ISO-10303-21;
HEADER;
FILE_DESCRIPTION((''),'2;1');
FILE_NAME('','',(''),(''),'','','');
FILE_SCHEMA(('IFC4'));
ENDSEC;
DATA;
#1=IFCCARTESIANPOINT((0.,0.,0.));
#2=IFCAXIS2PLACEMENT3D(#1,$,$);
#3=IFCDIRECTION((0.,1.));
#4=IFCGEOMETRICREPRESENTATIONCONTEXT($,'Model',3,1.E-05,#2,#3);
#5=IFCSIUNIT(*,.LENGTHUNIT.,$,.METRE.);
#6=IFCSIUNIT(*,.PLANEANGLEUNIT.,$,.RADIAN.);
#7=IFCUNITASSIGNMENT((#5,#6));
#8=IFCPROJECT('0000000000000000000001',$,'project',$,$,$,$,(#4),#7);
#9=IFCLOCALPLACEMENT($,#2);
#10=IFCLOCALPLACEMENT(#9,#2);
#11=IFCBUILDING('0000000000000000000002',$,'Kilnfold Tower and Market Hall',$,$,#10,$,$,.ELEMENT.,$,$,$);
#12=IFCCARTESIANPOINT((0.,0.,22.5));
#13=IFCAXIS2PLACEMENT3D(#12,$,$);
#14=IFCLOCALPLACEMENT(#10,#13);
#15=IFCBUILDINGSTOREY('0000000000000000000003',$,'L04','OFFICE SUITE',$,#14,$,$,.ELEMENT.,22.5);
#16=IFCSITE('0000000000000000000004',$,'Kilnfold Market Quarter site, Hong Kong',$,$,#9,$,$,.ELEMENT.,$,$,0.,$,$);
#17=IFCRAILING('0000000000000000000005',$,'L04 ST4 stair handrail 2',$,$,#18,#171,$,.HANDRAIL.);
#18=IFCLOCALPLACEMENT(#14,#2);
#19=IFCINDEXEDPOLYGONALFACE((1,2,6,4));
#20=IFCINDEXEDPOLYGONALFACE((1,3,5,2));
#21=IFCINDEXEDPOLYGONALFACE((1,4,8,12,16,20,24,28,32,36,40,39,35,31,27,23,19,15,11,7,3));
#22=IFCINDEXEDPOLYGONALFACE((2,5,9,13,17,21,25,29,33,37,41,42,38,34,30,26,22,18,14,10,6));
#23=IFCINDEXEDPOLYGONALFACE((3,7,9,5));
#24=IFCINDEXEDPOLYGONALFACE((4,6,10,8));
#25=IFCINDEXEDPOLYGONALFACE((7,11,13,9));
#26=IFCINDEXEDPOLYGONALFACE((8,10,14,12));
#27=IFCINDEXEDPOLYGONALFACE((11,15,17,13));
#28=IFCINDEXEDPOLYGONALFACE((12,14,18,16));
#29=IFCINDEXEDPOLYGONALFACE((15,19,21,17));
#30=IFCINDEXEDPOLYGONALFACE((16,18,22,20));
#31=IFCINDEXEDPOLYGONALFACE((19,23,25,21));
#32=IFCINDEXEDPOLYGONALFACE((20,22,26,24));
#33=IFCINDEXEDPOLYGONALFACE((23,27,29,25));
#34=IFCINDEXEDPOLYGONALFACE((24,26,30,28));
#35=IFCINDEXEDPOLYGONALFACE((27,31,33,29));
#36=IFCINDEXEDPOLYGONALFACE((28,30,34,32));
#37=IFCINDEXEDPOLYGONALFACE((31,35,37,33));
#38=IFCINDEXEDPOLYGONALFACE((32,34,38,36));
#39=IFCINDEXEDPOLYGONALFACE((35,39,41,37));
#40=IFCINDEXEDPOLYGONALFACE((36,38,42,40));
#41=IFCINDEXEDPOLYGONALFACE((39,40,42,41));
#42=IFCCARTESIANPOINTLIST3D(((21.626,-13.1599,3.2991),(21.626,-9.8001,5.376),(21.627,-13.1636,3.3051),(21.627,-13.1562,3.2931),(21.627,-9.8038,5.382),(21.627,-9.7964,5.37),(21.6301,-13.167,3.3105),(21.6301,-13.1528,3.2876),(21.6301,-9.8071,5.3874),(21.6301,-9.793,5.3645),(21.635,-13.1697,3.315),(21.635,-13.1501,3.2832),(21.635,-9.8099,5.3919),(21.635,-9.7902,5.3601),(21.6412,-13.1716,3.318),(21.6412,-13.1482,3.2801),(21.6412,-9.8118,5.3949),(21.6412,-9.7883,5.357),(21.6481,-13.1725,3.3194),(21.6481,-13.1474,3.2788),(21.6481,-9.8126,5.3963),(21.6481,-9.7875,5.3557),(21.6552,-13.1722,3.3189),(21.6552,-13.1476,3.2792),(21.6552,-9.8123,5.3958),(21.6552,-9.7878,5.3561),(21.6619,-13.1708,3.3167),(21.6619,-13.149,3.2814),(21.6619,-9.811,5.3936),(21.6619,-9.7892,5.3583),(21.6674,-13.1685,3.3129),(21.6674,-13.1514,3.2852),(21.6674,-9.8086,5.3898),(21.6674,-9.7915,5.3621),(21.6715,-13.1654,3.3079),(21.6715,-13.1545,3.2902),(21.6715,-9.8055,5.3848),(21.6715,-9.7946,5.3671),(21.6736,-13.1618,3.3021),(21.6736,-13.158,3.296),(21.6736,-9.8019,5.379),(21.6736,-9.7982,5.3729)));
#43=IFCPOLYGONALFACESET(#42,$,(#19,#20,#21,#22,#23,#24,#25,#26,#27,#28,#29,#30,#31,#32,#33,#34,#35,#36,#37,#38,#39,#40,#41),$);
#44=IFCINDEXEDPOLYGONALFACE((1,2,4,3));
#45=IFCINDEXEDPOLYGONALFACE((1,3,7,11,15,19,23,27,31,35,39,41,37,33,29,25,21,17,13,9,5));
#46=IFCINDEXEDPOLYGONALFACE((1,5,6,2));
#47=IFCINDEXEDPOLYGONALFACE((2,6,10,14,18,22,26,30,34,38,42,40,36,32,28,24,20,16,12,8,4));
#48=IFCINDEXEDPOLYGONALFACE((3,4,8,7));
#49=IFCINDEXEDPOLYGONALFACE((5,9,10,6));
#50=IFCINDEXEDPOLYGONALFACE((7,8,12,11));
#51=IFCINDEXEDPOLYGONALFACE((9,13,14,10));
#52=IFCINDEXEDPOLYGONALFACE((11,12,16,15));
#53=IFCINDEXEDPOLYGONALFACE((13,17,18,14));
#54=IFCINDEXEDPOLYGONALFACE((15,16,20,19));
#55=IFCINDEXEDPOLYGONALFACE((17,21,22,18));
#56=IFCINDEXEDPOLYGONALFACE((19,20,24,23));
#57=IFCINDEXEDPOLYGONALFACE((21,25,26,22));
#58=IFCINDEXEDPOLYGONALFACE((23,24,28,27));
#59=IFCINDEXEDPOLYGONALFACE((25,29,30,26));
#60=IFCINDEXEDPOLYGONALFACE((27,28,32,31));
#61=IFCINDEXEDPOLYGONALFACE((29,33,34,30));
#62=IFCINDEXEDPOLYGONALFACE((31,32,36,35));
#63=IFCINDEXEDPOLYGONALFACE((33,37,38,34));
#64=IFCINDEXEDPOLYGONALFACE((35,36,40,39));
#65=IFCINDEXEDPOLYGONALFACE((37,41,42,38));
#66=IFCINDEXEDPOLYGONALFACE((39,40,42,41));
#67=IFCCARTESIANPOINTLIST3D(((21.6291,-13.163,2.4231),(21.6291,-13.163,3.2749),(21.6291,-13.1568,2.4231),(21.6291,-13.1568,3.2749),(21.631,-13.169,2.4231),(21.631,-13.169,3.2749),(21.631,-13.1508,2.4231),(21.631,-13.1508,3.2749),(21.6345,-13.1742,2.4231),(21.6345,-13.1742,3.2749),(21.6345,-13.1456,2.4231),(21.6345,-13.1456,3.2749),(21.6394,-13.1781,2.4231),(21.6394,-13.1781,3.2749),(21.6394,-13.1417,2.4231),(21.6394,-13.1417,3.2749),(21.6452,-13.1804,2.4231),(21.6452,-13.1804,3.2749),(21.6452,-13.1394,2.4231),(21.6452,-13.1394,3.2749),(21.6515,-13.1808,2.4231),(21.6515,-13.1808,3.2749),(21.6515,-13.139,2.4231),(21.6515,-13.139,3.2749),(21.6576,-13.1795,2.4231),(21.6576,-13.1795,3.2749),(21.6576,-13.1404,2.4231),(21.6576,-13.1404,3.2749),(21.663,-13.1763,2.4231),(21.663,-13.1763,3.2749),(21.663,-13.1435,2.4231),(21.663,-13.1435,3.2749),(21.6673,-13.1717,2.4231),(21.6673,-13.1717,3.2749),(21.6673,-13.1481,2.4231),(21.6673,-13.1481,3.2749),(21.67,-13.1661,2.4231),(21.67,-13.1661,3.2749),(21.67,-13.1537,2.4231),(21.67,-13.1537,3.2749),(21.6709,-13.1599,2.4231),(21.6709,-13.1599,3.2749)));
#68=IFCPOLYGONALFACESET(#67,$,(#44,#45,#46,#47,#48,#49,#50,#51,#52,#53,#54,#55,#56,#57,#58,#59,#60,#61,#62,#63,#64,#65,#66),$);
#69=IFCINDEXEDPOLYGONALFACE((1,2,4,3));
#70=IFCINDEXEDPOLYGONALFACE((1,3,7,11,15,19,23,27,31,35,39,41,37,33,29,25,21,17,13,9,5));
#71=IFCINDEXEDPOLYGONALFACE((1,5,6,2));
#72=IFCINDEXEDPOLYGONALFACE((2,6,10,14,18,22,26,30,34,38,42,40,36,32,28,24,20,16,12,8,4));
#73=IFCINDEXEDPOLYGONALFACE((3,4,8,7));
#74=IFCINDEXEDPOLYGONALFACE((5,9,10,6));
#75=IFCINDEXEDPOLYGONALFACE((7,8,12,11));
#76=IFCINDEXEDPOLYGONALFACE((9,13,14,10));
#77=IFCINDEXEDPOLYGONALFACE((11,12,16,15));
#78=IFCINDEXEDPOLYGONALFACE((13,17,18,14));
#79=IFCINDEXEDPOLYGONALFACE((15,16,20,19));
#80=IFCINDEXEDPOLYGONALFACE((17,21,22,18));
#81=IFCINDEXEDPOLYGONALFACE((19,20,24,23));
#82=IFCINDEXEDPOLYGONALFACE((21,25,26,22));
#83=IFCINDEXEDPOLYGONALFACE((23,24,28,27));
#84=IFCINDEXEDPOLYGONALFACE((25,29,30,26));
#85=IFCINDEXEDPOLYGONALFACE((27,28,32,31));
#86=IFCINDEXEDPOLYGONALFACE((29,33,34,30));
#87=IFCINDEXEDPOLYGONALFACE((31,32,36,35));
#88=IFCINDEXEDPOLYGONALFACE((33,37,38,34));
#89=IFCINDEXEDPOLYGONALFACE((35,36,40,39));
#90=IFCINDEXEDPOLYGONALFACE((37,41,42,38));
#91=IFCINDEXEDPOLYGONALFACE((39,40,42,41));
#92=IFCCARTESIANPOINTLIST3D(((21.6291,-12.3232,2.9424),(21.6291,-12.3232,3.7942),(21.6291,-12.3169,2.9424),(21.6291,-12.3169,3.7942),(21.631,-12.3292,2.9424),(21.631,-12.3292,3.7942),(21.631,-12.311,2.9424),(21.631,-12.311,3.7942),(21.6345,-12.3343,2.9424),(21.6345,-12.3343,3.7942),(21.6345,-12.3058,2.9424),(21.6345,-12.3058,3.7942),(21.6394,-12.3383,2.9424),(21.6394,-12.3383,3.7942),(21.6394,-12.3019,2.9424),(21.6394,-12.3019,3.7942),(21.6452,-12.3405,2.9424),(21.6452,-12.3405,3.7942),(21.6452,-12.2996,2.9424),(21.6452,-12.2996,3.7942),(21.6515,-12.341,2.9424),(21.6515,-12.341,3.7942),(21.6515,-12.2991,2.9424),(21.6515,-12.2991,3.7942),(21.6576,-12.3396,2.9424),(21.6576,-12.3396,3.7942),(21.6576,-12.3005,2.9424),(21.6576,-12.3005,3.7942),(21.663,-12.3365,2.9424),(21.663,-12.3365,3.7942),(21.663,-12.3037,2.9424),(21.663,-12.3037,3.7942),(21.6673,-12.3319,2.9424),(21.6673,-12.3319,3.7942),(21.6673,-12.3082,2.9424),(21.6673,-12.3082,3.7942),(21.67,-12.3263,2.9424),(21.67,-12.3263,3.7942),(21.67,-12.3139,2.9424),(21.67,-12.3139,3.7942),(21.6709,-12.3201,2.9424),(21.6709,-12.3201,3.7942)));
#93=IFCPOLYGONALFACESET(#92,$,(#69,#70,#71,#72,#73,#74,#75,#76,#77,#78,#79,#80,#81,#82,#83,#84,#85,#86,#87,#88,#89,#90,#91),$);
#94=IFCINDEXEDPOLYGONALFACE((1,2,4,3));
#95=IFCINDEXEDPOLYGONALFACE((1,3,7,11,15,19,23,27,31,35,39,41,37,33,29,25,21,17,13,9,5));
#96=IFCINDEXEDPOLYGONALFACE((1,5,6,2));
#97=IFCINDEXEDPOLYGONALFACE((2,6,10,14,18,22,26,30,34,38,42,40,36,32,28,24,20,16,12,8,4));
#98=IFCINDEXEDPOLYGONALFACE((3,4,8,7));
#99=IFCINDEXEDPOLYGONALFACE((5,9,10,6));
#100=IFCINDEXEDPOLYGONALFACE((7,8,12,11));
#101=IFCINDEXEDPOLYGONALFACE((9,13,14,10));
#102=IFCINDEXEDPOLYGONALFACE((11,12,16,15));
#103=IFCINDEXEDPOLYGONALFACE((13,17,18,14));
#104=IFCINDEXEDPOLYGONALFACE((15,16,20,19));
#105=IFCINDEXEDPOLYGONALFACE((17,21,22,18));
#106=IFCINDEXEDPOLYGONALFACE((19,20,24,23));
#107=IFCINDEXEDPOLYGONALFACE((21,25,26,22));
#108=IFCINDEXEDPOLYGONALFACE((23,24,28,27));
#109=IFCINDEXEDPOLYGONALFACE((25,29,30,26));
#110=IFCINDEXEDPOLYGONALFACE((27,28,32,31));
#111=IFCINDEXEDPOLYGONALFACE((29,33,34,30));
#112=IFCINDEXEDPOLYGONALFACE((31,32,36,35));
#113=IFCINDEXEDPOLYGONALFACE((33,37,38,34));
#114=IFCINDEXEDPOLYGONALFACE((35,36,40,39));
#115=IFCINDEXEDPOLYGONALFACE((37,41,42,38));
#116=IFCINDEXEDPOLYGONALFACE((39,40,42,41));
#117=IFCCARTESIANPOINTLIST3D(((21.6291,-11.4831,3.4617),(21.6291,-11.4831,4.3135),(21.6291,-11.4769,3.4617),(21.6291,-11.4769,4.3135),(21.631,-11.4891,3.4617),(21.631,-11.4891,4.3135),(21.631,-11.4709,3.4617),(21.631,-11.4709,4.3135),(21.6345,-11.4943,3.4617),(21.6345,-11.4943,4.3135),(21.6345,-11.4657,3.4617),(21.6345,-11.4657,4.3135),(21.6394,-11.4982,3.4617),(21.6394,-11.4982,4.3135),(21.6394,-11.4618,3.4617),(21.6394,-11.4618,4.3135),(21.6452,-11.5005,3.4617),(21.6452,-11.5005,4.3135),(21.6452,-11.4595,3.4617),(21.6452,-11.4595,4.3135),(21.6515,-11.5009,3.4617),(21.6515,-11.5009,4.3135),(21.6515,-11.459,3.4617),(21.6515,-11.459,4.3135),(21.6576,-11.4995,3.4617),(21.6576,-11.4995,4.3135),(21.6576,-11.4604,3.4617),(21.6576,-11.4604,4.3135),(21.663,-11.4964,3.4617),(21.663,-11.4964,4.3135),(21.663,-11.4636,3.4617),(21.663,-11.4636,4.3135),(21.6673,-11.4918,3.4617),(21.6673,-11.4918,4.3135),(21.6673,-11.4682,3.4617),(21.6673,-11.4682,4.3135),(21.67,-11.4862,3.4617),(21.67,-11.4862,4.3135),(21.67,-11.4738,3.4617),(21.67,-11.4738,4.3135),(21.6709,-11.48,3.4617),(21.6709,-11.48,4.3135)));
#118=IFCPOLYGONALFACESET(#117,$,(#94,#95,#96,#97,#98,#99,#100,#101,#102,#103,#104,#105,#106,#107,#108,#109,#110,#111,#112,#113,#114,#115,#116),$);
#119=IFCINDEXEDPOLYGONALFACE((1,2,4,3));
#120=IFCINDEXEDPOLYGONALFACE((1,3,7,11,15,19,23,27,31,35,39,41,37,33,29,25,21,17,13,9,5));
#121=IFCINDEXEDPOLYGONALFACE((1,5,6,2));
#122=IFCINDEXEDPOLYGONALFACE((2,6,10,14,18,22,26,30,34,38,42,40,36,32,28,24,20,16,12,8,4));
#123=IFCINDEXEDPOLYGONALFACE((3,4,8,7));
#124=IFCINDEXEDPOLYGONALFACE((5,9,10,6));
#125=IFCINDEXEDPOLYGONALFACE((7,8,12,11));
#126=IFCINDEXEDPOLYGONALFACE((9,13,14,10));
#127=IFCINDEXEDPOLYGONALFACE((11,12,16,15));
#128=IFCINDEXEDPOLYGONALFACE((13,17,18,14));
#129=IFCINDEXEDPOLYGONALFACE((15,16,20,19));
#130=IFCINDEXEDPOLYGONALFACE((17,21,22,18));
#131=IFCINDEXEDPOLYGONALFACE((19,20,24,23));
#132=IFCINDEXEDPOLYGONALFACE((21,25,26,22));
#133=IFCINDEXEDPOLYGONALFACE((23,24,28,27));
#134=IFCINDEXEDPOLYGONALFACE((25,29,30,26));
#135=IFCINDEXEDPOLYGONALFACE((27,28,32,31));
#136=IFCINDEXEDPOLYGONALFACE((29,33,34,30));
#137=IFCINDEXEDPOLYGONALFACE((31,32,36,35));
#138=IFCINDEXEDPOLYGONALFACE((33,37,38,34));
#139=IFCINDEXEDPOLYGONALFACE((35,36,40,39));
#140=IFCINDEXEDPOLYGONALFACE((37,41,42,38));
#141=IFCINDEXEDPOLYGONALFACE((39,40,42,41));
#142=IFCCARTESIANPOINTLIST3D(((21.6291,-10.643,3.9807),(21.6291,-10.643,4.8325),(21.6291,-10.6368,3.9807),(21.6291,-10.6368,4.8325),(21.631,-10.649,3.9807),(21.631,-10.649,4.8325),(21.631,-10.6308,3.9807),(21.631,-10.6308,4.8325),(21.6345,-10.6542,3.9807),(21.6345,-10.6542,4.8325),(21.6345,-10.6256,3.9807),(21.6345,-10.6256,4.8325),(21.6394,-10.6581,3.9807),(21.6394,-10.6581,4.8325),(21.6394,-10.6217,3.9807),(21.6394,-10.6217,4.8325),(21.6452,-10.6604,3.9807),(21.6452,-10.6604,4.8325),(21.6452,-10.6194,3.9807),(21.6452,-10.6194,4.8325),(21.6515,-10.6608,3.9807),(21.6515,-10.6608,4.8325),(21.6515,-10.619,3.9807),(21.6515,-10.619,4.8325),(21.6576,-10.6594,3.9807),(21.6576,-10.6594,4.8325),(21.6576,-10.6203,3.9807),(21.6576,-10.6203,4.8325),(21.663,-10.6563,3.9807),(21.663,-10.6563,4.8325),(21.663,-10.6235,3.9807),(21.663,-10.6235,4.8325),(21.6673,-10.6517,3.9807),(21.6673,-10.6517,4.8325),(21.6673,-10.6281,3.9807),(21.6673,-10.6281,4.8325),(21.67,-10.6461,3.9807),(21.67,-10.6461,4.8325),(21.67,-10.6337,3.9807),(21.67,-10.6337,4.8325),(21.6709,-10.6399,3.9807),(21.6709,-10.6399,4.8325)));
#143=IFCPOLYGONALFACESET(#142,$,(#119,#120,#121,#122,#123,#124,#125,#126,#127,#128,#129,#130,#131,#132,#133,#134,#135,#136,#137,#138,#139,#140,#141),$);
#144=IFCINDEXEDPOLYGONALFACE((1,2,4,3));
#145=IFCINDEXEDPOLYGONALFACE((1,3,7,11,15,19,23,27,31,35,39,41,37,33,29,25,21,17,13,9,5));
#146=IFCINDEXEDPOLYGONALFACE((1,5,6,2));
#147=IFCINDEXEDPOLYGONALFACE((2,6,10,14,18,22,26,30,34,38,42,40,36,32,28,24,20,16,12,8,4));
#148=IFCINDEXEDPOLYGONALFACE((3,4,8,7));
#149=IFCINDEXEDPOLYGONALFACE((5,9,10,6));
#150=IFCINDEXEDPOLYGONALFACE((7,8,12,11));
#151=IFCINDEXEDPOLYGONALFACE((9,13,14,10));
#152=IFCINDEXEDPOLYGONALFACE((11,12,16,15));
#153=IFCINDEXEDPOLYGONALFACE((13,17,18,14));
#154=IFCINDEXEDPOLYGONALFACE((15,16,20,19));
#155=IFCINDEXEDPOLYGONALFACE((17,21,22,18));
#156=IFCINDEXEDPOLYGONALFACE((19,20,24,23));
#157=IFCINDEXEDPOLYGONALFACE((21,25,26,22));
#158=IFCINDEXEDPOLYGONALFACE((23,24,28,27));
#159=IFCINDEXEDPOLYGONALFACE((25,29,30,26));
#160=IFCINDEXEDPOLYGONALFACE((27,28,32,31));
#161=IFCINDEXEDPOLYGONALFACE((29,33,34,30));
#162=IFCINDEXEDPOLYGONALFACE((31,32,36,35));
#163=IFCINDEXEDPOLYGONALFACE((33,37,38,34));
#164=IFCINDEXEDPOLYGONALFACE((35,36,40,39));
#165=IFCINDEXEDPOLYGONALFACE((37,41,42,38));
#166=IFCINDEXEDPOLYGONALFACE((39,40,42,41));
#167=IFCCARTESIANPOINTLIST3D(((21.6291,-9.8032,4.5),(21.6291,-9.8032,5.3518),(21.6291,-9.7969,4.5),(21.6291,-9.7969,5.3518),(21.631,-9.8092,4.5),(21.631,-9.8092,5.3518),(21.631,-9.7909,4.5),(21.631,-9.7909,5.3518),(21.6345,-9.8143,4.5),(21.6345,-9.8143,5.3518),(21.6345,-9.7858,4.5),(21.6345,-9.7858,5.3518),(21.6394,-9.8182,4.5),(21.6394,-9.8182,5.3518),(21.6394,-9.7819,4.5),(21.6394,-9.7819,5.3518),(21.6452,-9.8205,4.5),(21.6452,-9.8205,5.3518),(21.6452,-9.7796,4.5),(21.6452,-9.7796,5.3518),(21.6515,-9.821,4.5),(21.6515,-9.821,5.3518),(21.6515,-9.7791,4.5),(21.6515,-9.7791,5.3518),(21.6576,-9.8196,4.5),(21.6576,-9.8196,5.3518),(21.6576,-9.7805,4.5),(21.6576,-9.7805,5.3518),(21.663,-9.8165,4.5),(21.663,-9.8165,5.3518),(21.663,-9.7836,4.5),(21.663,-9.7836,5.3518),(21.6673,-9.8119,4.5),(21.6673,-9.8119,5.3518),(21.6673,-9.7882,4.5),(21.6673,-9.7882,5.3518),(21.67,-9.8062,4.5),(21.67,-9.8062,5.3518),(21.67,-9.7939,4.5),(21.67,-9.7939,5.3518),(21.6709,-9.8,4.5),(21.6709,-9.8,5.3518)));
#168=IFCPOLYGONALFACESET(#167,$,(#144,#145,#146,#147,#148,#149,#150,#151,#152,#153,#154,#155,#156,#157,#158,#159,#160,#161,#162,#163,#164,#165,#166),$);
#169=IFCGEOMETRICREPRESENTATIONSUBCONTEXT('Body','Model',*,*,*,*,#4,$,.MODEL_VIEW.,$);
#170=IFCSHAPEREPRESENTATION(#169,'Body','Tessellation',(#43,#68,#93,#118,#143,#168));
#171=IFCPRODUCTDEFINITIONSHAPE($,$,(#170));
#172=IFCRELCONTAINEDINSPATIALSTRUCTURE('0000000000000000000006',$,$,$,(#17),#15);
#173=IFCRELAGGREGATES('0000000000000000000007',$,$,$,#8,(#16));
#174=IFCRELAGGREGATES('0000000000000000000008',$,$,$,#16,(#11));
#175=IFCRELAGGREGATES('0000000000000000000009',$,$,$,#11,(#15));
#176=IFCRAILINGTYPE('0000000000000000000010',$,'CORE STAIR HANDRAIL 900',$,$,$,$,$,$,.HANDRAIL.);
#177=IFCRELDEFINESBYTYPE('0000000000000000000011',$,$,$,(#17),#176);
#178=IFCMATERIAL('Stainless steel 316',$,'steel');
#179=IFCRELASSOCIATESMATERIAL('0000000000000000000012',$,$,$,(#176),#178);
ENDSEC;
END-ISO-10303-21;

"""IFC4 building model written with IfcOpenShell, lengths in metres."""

from ifc_helpers import new_model, si_unit, direction, frame, origin, origin_2d, place, context, subcontext, project, spatial, circle, extrude, material, type_object, element, save


model = new_model("IFC4")

# Units and contexts
model_context = context("Model", 3, precision=1e-05, world=origin(), true_north=direction((0.0, 1.0)))
body_context = subcontext(model_context, "Body", "Model", "MODEL_VIEW")
ifc_project = project(units=[si_unit("LENGTHUNIT", "METRE"), si_unit("PLANEANGLEUNIT", "RADIAN")], contexts=[model_context])

# Site, building, storey
site_placement = place(None, origin())
site = spatial("IfcSite", under=ifc_project, at=site_placement, Name="Kilnfold Market Quarter site, Hong Kong", CompositionType="ELEMENT", RefElevation=0.0)
building_placement = place(site_placement, origin())
building = spatial("IfcBuilding", under=site, at=building_placement, Name="Kilnfold Tower and Market Hall", CompositionType="ELEMENT")
storey_placement = place(building_placement, frame((0.0, 0.0, 22.5)))
storey = spatial("IfcBuildingStorey", under=building, at=storey_placement, Name="L04", Description="OFFICE SUITE", CompositionType="ELEMENT", Elevation=22.5)

# Railing
ifc_material_1 = material(Name="Stainless steel 316", Category="steel")
railing_type_1 = type_object("IfcRailingType", Name="CORE STAIR HANDRAIL 900", PredefinedType="HANDRAIL", material=ifc_material_1)
railing_1_placement = place(storey_placement, frame((21.6499, -13.1599, 2.4231)))
element("IfcRailing", 1, at=railing_1_placement, inside=storey, type_object=railing_type_1, Name="L04 ST4 stair handrail 2", PredefinedType="HANDRAIL", context=body_context, shape_type="SweptSolid", body=[
    extrude(circle(Radius=0.0239, at=origin_2d()), frame((0.0, 0.0, 0.876), z_axis=(0.0, 0.850606, 0.525803), x_axis=(-1.0, 0.0, 0.0)), (0.0, 0.0, 1.0), 3.95),
    extrude(circle(Radius=0.021, at=origin_2d()), origin(), (0.0, 0.0, 1.0), 0.8518),
    extrude(circle(Radius=0.021, at=origin_2d()), frame((0.0, 0.8398, 0.5193)), (0.0, 0.0, 1.0), 0.8518),
    extrude(circle(Radius=0.021, at=origin_2d()), frame((0.0, 1.6799, 1.0386)), (0.0, 0.0, 1.0), 0.8518),
    extrude(circle(Radius=0.021, at=origin_2d()), frame((0.0, 2.52, 1.5576)), (0.0, 0.0, 1.0), 0.8518),
    extrude(circle(Radius=0.021, at=origin_2d()), frame((0.0, 3.3599, 2.0769)), (0.0, 0.0, 1.0), 0.8518),
])

save(model, "model.ifc")
